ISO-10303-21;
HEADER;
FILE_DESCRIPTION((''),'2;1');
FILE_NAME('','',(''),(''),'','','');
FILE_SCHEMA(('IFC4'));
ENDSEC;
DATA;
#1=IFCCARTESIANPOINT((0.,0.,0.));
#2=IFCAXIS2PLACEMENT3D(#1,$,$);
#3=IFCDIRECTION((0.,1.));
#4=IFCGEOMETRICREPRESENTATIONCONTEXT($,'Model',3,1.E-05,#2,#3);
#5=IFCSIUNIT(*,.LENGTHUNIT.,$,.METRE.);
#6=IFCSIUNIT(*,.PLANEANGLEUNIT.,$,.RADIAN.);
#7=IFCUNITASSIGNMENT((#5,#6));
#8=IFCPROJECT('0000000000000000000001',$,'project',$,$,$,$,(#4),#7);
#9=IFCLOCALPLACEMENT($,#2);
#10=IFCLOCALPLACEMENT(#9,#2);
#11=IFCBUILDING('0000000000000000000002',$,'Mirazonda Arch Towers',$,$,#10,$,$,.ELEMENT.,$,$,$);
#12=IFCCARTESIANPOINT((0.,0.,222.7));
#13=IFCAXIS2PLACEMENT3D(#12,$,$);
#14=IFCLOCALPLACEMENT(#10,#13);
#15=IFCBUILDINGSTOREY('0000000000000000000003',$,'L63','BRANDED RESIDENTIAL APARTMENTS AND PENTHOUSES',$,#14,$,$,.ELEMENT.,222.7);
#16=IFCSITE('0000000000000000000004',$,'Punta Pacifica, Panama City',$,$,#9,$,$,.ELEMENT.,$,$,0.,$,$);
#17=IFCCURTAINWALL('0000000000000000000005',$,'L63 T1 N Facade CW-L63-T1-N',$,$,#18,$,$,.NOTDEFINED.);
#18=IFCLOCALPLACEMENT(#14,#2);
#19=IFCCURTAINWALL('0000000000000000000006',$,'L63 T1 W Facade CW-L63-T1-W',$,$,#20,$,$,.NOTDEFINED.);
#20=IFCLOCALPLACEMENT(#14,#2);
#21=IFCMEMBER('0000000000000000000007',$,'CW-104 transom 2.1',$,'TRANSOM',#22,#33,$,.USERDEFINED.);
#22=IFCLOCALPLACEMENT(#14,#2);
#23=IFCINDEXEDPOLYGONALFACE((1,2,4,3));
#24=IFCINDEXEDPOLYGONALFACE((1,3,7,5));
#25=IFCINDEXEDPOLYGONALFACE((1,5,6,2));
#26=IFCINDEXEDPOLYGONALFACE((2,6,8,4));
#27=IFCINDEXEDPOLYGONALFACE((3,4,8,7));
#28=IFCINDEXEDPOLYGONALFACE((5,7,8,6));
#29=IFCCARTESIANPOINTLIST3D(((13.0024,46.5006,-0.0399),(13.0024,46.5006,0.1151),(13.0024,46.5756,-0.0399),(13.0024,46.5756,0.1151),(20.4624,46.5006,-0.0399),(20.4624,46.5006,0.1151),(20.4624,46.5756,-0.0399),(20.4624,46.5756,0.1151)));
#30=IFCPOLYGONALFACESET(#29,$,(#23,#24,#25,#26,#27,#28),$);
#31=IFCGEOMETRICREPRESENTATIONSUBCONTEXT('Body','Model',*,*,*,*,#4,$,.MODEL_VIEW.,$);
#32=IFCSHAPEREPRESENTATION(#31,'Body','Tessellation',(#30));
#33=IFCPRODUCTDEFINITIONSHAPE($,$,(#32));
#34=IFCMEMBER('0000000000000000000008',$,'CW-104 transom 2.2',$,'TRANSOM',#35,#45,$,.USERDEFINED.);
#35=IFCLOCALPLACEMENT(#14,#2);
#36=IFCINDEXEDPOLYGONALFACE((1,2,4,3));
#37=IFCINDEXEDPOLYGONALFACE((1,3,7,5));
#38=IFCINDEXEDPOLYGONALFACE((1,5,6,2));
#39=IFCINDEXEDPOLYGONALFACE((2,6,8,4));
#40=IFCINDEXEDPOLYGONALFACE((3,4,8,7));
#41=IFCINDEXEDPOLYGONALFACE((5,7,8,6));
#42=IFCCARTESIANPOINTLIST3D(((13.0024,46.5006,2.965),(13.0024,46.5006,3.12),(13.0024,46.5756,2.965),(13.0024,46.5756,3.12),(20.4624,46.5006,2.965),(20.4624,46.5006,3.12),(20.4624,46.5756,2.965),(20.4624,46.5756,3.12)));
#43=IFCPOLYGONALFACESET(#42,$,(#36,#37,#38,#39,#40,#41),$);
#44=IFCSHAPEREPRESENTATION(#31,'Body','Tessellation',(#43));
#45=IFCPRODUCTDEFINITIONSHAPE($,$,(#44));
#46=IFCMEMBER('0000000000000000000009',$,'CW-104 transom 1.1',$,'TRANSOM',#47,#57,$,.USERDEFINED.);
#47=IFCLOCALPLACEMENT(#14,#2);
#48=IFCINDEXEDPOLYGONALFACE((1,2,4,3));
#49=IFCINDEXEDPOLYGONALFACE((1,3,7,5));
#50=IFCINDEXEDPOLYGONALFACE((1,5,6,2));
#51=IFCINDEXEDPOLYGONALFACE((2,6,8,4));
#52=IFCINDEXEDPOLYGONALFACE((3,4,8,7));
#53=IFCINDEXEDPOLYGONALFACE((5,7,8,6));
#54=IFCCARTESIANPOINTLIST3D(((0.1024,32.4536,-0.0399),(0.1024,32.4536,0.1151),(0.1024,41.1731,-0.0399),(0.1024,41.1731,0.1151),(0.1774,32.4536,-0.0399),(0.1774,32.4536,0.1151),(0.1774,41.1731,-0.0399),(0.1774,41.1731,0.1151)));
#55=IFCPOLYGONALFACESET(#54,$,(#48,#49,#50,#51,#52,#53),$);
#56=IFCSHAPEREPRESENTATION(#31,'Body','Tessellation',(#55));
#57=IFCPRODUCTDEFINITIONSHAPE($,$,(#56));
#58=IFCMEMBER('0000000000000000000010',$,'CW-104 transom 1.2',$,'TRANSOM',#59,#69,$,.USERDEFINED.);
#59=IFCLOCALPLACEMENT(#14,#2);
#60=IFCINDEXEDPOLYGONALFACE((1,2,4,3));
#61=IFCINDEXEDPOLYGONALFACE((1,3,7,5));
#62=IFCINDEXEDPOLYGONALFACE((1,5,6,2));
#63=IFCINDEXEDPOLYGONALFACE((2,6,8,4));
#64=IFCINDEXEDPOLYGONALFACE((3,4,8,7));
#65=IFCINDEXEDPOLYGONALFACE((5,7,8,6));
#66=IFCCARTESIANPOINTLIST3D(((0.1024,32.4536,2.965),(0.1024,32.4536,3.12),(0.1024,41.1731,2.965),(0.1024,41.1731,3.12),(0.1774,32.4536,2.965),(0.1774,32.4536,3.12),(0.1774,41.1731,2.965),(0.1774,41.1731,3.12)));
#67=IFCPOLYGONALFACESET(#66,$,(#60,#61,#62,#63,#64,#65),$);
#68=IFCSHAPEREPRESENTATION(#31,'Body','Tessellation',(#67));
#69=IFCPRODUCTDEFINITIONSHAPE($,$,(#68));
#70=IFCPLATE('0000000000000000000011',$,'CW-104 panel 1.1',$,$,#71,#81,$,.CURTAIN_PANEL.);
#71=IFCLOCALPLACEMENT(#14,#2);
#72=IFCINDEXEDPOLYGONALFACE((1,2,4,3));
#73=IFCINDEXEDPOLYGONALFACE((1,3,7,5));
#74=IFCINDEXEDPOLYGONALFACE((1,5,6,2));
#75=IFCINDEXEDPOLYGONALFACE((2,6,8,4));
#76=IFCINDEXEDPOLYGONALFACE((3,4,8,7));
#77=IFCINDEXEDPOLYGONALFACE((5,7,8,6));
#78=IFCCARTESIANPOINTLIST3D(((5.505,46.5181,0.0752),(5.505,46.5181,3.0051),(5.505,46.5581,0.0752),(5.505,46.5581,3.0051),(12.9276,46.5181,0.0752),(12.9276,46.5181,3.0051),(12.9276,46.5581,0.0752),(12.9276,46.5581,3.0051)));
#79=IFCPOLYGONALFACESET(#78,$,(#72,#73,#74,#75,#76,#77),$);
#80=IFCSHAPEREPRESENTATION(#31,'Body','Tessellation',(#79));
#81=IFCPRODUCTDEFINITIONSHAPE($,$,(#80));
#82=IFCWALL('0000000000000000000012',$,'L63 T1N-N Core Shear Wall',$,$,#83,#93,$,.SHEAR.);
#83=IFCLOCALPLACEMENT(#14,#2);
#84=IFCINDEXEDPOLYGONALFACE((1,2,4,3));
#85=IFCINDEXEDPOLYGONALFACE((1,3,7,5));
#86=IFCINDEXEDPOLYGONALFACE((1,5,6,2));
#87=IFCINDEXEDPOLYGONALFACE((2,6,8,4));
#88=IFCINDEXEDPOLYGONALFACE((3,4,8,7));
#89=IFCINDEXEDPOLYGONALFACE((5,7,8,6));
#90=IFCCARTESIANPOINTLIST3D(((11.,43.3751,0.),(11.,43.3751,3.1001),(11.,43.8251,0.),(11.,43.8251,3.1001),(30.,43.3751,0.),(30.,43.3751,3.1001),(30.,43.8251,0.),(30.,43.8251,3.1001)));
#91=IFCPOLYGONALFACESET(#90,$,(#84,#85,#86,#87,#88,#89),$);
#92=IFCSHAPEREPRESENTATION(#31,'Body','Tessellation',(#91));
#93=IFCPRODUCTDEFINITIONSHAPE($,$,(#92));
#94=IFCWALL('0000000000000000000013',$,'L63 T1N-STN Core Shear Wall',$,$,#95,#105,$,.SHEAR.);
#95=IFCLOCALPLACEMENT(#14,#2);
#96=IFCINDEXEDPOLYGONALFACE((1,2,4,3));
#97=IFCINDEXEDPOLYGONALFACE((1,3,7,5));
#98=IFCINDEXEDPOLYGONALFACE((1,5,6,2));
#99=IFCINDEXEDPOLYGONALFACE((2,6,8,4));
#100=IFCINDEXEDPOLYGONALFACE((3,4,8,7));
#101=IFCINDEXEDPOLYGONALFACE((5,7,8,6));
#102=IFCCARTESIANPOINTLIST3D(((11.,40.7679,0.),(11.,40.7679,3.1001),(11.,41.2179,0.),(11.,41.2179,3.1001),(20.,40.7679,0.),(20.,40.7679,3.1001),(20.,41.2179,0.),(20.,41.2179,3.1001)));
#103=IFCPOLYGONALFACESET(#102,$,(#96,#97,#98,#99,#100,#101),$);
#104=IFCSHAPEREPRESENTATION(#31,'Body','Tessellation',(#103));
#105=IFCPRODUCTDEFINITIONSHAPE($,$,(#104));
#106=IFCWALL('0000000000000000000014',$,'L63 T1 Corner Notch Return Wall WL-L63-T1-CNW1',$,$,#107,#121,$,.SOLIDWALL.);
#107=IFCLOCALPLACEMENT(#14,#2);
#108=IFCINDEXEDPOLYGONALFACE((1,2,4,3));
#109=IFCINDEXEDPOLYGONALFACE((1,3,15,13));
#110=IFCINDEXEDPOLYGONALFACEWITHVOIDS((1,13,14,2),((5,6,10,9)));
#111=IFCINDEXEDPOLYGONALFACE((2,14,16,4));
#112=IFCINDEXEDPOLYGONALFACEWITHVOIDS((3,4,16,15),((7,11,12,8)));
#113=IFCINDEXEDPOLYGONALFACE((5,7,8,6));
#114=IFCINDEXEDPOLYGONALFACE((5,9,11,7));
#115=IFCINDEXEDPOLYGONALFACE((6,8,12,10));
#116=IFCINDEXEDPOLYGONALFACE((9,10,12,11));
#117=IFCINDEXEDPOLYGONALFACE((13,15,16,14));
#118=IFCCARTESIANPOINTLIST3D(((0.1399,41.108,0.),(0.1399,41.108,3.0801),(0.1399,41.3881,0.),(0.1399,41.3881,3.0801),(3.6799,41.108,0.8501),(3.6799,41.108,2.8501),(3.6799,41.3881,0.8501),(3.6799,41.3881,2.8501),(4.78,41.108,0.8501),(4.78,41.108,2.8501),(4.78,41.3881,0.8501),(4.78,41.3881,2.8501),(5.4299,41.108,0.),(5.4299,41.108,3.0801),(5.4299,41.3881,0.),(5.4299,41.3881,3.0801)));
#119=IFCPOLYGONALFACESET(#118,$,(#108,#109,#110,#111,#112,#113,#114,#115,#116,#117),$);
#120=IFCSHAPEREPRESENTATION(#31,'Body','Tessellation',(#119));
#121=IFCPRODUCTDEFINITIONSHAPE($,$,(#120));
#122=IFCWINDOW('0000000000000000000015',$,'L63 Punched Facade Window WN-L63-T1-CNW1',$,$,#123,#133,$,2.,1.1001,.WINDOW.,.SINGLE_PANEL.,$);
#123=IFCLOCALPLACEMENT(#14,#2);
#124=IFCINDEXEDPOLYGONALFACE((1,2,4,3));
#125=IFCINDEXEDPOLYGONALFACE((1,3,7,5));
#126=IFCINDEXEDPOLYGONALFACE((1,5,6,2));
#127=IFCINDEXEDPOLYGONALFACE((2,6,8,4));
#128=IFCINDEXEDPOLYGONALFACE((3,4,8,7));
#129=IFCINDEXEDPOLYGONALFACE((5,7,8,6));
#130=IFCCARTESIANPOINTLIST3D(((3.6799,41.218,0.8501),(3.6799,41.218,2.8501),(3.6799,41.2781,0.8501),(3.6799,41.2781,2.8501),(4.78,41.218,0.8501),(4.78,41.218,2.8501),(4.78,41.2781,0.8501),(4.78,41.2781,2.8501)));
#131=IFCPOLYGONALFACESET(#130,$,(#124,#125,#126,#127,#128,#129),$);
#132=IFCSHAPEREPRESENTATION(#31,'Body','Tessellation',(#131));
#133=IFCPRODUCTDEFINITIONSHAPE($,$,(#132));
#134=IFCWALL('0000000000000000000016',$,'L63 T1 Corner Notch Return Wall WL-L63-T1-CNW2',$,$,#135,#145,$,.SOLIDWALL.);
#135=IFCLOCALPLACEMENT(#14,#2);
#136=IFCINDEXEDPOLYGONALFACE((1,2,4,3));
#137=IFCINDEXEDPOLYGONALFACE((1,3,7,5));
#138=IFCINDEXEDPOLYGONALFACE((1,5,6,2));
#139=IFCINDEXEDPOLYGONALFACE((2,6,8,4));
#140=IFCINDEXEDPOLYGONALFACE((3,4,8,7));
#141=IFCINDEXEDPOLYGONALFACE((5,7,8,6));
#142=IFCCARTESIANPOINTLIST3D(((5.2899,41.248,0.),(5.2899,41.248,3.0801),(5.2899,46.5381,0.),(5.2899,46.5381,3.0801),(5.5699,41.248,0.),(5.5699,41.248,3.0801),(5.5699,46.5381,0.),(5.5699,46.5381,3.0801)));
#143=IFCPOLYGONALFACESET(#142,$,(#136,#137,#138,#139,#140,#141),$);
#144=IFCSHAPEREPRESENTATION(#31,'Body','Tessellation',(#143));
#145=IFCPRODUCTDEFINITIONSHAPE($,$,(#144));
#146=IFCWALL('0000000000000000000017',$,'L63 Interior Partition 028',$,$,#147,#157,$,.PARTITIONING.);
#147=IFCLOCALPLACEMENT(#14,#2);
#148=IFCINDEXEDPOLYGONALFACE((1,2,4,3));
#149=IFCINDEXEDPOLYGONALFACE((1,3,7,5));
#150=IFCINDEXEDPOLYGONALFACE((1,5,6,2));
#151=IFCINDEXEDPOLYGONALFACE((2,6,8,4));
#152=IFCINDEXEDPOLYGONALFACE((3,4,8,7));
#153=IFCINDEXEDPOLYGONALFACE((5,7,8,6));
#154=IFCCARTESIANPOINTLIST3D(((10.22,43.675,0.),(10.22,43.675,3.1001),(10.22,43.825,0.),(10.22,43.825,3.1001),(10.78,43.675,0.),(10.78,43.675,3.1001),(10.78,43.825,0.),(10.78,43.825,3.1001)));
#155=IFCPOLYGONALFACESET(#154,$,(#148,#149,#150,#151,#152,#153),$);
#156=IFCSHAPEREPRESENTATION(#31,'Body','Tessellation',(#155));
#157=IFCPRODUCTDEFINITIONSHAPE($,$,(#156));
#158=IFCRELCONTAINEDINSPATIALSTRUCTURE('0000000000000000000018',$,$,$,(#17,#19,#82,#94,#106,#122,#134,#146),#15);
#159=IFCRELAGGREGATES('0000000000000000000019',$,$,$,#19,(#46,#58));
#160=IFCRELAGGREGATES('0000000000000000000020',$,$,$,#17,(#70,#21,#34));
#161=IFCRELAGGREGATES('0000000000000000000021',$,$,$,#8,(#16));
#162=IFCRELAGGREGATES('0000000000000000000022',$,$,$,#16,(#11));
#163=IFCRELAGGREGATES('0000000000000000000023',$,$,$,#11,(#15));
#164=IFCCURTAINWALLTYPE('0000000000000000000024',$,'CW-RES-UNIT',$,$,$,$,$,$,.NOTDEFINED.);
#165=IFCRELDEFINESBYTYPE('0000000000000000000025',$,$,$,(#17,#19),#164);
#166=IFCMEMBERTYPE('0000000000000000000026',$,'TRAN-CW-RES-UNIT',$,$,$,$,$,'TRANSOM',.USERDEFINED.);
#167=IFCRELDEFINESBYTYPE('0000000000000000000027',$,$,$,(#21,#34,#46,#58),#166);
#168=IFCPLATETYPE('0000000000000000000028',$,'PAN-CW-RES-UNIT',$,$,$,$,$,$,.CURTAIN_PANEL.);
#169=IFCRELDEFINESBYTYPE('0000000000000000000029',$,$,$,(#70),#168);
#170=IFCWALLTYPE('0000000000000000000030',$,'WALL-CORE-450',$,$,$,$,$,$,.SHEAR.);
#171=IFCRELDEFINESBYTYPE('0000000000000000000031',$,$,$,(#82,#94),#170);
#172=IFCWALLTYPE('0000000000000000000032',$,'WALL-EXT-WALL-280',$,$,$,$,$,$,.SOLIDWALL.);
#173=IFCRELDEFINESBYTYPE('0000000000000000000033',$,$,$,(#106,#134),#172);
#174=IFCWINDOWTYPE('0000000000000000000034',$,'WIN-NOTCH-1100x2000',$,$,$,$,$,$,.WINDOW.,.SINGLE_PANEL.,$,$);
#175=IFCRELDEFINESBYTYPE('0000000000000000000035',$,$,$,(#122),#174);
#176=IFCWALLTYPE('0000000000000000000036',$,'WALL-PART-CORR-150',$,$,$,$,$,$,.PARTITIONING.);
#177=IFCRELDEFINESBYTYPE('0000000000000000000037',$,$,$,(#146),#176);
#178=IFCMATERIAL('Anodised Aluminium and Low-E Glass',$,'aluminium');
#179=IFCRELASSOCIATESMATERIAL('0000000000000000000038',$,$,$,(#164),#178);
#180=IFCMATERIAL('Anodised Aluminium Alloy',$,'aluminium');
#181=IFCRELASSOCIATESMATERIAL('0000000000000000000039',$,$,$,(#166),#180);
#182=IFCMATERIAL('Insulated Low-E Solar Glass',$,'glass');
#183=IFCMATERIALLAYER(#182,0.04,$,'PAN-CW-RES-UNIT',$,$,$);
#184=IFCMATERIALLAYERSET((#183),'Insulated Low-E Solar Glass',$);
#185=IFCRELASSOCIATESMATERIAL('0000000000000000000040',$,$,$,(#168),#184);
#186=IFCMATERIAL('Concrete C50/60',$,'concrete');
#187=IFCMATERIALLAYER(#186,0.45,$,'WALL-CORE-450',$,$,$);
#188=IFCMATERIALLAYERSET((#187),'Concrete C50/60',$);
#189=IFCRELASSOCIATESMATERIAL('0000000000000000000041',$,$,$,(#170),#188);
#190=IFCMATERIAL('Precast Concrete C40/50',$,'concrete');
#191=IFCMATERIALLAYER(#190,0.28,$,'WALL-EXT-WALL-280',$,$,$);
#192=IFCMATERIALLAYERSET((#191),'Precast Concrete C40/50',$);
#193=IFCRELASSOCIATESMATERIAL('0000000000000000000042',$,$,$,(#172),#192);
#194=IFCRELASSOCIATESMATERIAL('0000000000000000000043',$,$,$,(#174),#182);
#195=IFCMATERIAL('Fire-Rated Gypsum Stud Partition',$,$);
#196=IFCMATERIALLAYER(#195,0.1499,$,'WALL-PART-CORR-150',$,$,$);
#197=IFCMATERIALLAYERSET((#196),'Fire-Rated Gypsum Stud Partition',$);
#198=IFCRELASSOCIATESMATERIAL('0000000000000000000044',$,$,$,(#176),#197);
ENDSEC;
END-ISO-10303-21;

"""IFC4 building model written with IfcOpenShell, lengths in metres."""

from ifc_helpers import new_model, si_unit, direction, frame, frame_2d, origin, origin_2d, place, context, subcontext, project, spatial, rectangle, extrude, material, layer, layer_set, material_profile, profile_set, type_object, element, fill, aggregate, save


model = new_model("IFC4")

# Units and contexts
model_context = context("Model", 3, precision=1e-05, world=origin(), true_north=direction((0.0, 1.0)))
body_context = subcontext(model_context, "Body", "Model", "MODEL_VIEW")
ifc_project = project(units=[si_unit("LENGTHUNIT", "METRE"), si_unit("PLANEANGLEUNIT", "RADIAN")], contexts=[model_context])

# Site, building, storey
site_placement = place(None, origin())
site = spatial("IfcSite", under=ifc_project, at=site_placement, Name="Punta Pacifica, Panama City", CompositionType="ELEMENT", RefElevation=0.0)
building_placement = place(site_placement, origin())
building = spatial("IfcBuilding", under=site, at=building_placement, Name="Mirazonda Arch Towers", CompositionType="ELEMENT")
storey_placement = place(building_placement, frame((0.0, 0.0, 222.7)))
storey = spatial("IfcBuildingStorey", under=building, at=storey_placement, Name="L63", Description="BRANDED RESIDENTIAL APARTMENTS AND PENTHOUSES", CompositionType="ELEMENT", Elevation=222.7)

# Shared definitions
ifc_material_1 = material(Name="Concrete C50/60", Category="concrete")

# Curtain wall
ifc_material_2 = material(Name="Anodised Aluminium and Low-E Glass", Category="aluminium")
curtain_wall_type = type_object("IfcCurtainWallType", Name="CW-RES-UNIT", PredefinedType="NOTDEFINED", material=ifc_material_2)
curtain_wall_1_placement = place(storey_placement, origin())
curtain_wall_1 = element("IfcCurtainWall", 1, at=curtain_wall_1_placement, inside=storey, type_object=curtain_wall_type, Name="L63 T1 N Facade CW-L63-T1-N", PredefinedType="NOTDEFINED")
ifc_material_3 = material(Name="Anodised Aluminium Alloy", Category="aluminium")

# Curtain wall
curtain_wall_2_placement = place(storey_placement, origin())
curtain_wall_2 = element("IfcCurtainWall", 2, at=curtain_wall_2_placement, inside=storey, type_object=curtain_wall_type, Name="L63 T1 W Facade CW-L63-T1-W", PredefinedType="NOTDEFINED")

# Members
ifc_material_profile_1 = material_profile(ifc_material_3, rectangle(XDim=0.075, YDim=0.155, at=origin_2d()), Name="ALU-TRAN-75x155")
ifc_profile_set_1 = profile_set([ifc_material_profile_1], Name="Anodised Aluminium Alloy")
member_type_1 = type_object("IfcMemberType", Name="TRAN-CW-RES-UNIT", ElementType="TRANSOM", PredefinedType="USERDEFINED", material=ifc_profile_set_1)
member_1_placement = place(storey_placement, frame((13.0024, 46.5381, 0.0376), z_axis=(1.0, 0.0, 0.0), x_axis=(0.0, 1.0, 0.0)))
member_1 = element("IfcMember", 3, at=member_1_placement, type_object=member_type_1, Name="CW-104 transom 2.1", ObjectType="TRANSOM", PredefinedType="USERDEFINED", context=body_context, shape_type="SweptSolid", body=[
    extrude(rectangle(XDim=0.075, YDim=0.155, at=origin_2d()), origin(), (0.0, 0.0, 1.0), 7.46),
])
member_2_placement = place(storey_placement, frame((13.0024, 46.5381, 3.0425), z_axis=(1.0, 0.0, 0.0), x_axis=(0.0, 1.0, 0.0)))
member_2 = element("IfcMember", 4, at=member_2_placement, type_object=member_type_1, Name="CW-104 transom 2.2", ObjectType="TRANSOM", PredefinedType="USERDEFINED", context=body_context, shape_type="SweptSolid", body=[
    extrude(rectangle(XDim=0.075, YDim=0.155, at=origin_2d()), origin(), (0.0, 0.0, 1.0), 7.46),
])
member_3_placement = place(storey_placement, frame((0.1399, 41.1731, 0.0376), z_axis=(0.0, -1.0, 0.0), x_axis=(1.0, 0.0, 0.0)))
member_3 = element("IfcMember", 5, at=member_3_placement, type_object=member_type_1, Name="CW-104 transom 1.1", ObjectType="TRANSOM", PredefinedType="USERDEFINED", context=body_context, shape_type="SweptSolid", body=[
    extrude(rectangle(XDim=0.075, YDim=0.155, at=origin_2d()), origin(), (0.0, 0.0, 1.0), 8.7195),
])
member_4_placement = place(storey_placement, frame((0.1399, 41.1731, 3.0425), z_axis=(0.0, -1.0, 0.0), x_axis=(1.0, 0.0, 0.0)))
member_4 = element("IfcMember", 6, at=member_4_placement, type_object=member_type_1, Name="CW-104 transom 1.2", ObjectType="TRANSOM", PredefinedType="USERDEFINED", context=body_context, shape_type="SweptSolid", body=[
    extrude(rectangle(XDim=0.075, YDim=0.155, at=origin_2d()), origin(), (0.0, 0.0, 1.0), 8.7195),
])
aggregate(curtain_wall_2, [member_3, member_4])

# Plate
ifc_material_4 = material(Name="Insulated Low-E Solar Glass", Category="glass")
ifc_layer_1 = layer(ifc_material_4, 0.04, Name="PAN-CW-RES-UNIT")
ifc_layer_set_1 = layer_set([ifc_layer_1], Name="Insulated Low-E Solar Glass")
plate_type = type_object("IfcPlateType", Name="PAN-CW-RES-UNIT", PredefinedType="CURTAIN_PANEL", material=ifc_layer_set_1)
plate_placement = place(storey_placement, frame((9.2163, 46.5381, 0.0752), z_axis=(0.0, 0.0, 1.0), x_axis=(1.0, 0.0, 0.0)))
plate = element("IfcPlate", 7, at=plate_placement, type_object=plate_type, Name="CW-104 panel 1.1", PredefinedType="CURTAIN_PANEL", context=body_context, shape_type="SweptSolid", body=[
    extrude(rectangle(XDim=7.4226, YDim=0.04, at=origin_2d()), origin(), (0.0, 0.0, 1.0), 2.9299),
])
aggregate(curtain_wall_1, [plate, member_1, member_2])

# Walls
ifc_layer_2 = layer(ifc_material_1, 0.45, Name="WALL-CORE-450")
ifc_layer_set_2 = layer_set([ifc_layer_2], Name="Concrete C50/60")
wall_type_1 = type_object("IfcWallType", Name="WALL-CORE-450", PredefinedType="SHEAR", material=ifc_layer_set_2)
wall_1_placement = place(storey_placement, frame((11.0, 43.6001, 0.0), z_axis=(0.0, 0.0, 1.0), x_axis=(1.0, 0.0, 0.0)))
element("IfcWall", 8, at=wall_1_placement, inside=storey, type_object=wall_type_1, Name="L63 T1N-N Core Shear Wall", PredefinedType="SHEAR", context=body_context, shape_type="SweptSolid", body=[
    extrude(rectangle(XDim=19.0, YDim=0.45, at=frame_2d((9.5, 0.0))), origin(), (0.0, 0.0, 1.0), 3.1001),
])
wall_2_placement = place(storey_placement, frame((11.0, 40.9929, 0.0), z_axis=(0.0, 0.0, 1.0), x_axis=(1.0, 0.0, 0.0)))
element("IfcWall", 9, at=wall_2_placement, inside=storey, type_object=wall_type_1, Name="L63 T1N-STN Core Shear Wall", PredefinedType="SHEAR", context=body_context, shape_type="SweptSolid", body=[
    extrude(rectangle(XDim=9.0, YDim=0.45, at=frame_2d((4.5, 0.0))), origin(), (0.0, 0.0, 1.0), 3.1001),
])

# Wall, opening, window
ifc_material_5 = material(Name="Precast Concrete C40/50", Category="concrete")
ifc_layer_3 = layer(ifc_material_5, 0.28, Name="WALL-EXT-WALL-280")
ifc_layer_set_3 = layer_set([ifc_layer_3], Name="Precast Concrete C40/50")
wall_type_2 = type_object("IfcWallType", Name="WALL-EXT-WALL-280", PredefinedType="SOLIDWALL", material=ifc_layer_set_3)
wall_3_placement = place(storey_placement, frame((5.4299, 41.248, 0.0), z_axis=(0.0, 0.0, 1.0), x_axis=(-1.0, 0.0, 0.0)))
wall_3 = element("IfcWall", 10, at=wall_3_placement, inside=storey, type_object=wall_type_2, Name="L63 T1 Corner Notch Return Wall WL-L63-T1-CNW1", PredefinedType="SOLIDWALL", context=body_context, shape_type="SweptSolid", body=[
    extrude(rectangle(XDim=5.29, YDim=0.28, at=frame_2d((2.645, 0.0))), origin(), (0.0, 0.0, 1.0), 3.0801),
])
opening_1_placement = place(wall_3_placement, frame((0.6499, 0.0, 0.8501)))
opening_1 = element("IfcOpeningElement", 11, at=opening_1_placement, cuts=wall_3, PredefinedType="OPENING", context=body_context, shape_type="SweptSolid", body=[
    extrude(rectangle(XDim=1.1001, YDim=2.0, at=frame_2d((0.55, 1.0))), frame((0.0, 0.1499, 0.0), z_axis=(0.0, -1.0, 0.0), x_axis=(1.0, 0.0, 0.0)), (0.0, 0.0, 1.0), 0.3),
])
window_type = type_object("IfcWindowType", Name="WIN-NOTCH-1100x2000", PartitioningType="SINGLE_PANEL", PredefinedType="WINDOW", material=ifc_material_4)
window_placement = place(opening_1_placement, origin())
window = element("IfcWindow", 12, at=window_placement, inside=storey, type_object=window_type, Name="L63 Punched Facade Window WN-L63-T1-CNW1", OverallHeight=2.0, OverallWidth=1.1001, PartitioningType="SINGLE_PANEL", PredefinedType="WINDOW", context=body_context, shape_type="SweptSolid", body=[
    extrude(rectangle(XDim=1.1001, YDim=2.0, at=frame_2d((0.55, 1.0))), frame((0.0, 0.03, 0.0), z_axis=(0.0, -1.0, 0.0), x_axis=(1.0, 0.0, 0.0)), (0.0, 0.0, 1.0), 0.0601),
])
fill(opening_1, window)

# Walls
wall_4_placement = place(storey_placement, frame((5.4299, 46.5381, 0.0), z_axis=(0.0, 0.0, 1.0), x_axis=(0.0, -1.0, 0.0)))
element("IfcWall", 13, at=wall_4_placement, inside=storey, type_object=wall_type_2, Name="L63 T1 Corner Notch Return Wall WL-L63-T1-CNW2", PredefinedType="SOLIDWALL", context=body_context, shape_type="SweptSolid", body=[
    extrude(rectangle(XDim=5.29, YDim=0.28, at=frame_2d((2.645, 0.0))), origin(), (0.0, 0.0, 1.0), 3.0801),
])
ifc_material_6 = material(Name="Fire-Rated Gypsum Stud Partition")
ifc_layer_4 = layer(ifc_material_6, 0.1499, Name="WALL-PART-CORR-150")
ifc_layer_set_4 = layer_set([ifc_layer_4], Name="Fire-Rated Gypsum Stud Partition")
wall_type_3 = type_object("IfcWallType", Name="WALL-PART-CORR-150", PredefinedType="PARTITIONING", material=ifc_layer_set_4)
wall_5_placement = place(storey_placement, frame((10.22, 43.75, 0.0), z_axis=(0.0, 0.0, 1.0), x_axis=(1.0, 0.0, 0.0)))
element("IfcWall", 14, at=wall_5_placement, inside=storey, type_object=wall_type_3, Name="L63 Interior Partition 028", PredefinedType="PARTITIONING", context=body_context, shape_type="SweptSolid", body=[
    extrude(rectangle(XDim=0.5601, YDim=0.1499, at=frame_2d((0.28, 0.0))), origin(), (0.0, 0.0, 1.0), 3.1001),
])

save(model, "model.ifc")
